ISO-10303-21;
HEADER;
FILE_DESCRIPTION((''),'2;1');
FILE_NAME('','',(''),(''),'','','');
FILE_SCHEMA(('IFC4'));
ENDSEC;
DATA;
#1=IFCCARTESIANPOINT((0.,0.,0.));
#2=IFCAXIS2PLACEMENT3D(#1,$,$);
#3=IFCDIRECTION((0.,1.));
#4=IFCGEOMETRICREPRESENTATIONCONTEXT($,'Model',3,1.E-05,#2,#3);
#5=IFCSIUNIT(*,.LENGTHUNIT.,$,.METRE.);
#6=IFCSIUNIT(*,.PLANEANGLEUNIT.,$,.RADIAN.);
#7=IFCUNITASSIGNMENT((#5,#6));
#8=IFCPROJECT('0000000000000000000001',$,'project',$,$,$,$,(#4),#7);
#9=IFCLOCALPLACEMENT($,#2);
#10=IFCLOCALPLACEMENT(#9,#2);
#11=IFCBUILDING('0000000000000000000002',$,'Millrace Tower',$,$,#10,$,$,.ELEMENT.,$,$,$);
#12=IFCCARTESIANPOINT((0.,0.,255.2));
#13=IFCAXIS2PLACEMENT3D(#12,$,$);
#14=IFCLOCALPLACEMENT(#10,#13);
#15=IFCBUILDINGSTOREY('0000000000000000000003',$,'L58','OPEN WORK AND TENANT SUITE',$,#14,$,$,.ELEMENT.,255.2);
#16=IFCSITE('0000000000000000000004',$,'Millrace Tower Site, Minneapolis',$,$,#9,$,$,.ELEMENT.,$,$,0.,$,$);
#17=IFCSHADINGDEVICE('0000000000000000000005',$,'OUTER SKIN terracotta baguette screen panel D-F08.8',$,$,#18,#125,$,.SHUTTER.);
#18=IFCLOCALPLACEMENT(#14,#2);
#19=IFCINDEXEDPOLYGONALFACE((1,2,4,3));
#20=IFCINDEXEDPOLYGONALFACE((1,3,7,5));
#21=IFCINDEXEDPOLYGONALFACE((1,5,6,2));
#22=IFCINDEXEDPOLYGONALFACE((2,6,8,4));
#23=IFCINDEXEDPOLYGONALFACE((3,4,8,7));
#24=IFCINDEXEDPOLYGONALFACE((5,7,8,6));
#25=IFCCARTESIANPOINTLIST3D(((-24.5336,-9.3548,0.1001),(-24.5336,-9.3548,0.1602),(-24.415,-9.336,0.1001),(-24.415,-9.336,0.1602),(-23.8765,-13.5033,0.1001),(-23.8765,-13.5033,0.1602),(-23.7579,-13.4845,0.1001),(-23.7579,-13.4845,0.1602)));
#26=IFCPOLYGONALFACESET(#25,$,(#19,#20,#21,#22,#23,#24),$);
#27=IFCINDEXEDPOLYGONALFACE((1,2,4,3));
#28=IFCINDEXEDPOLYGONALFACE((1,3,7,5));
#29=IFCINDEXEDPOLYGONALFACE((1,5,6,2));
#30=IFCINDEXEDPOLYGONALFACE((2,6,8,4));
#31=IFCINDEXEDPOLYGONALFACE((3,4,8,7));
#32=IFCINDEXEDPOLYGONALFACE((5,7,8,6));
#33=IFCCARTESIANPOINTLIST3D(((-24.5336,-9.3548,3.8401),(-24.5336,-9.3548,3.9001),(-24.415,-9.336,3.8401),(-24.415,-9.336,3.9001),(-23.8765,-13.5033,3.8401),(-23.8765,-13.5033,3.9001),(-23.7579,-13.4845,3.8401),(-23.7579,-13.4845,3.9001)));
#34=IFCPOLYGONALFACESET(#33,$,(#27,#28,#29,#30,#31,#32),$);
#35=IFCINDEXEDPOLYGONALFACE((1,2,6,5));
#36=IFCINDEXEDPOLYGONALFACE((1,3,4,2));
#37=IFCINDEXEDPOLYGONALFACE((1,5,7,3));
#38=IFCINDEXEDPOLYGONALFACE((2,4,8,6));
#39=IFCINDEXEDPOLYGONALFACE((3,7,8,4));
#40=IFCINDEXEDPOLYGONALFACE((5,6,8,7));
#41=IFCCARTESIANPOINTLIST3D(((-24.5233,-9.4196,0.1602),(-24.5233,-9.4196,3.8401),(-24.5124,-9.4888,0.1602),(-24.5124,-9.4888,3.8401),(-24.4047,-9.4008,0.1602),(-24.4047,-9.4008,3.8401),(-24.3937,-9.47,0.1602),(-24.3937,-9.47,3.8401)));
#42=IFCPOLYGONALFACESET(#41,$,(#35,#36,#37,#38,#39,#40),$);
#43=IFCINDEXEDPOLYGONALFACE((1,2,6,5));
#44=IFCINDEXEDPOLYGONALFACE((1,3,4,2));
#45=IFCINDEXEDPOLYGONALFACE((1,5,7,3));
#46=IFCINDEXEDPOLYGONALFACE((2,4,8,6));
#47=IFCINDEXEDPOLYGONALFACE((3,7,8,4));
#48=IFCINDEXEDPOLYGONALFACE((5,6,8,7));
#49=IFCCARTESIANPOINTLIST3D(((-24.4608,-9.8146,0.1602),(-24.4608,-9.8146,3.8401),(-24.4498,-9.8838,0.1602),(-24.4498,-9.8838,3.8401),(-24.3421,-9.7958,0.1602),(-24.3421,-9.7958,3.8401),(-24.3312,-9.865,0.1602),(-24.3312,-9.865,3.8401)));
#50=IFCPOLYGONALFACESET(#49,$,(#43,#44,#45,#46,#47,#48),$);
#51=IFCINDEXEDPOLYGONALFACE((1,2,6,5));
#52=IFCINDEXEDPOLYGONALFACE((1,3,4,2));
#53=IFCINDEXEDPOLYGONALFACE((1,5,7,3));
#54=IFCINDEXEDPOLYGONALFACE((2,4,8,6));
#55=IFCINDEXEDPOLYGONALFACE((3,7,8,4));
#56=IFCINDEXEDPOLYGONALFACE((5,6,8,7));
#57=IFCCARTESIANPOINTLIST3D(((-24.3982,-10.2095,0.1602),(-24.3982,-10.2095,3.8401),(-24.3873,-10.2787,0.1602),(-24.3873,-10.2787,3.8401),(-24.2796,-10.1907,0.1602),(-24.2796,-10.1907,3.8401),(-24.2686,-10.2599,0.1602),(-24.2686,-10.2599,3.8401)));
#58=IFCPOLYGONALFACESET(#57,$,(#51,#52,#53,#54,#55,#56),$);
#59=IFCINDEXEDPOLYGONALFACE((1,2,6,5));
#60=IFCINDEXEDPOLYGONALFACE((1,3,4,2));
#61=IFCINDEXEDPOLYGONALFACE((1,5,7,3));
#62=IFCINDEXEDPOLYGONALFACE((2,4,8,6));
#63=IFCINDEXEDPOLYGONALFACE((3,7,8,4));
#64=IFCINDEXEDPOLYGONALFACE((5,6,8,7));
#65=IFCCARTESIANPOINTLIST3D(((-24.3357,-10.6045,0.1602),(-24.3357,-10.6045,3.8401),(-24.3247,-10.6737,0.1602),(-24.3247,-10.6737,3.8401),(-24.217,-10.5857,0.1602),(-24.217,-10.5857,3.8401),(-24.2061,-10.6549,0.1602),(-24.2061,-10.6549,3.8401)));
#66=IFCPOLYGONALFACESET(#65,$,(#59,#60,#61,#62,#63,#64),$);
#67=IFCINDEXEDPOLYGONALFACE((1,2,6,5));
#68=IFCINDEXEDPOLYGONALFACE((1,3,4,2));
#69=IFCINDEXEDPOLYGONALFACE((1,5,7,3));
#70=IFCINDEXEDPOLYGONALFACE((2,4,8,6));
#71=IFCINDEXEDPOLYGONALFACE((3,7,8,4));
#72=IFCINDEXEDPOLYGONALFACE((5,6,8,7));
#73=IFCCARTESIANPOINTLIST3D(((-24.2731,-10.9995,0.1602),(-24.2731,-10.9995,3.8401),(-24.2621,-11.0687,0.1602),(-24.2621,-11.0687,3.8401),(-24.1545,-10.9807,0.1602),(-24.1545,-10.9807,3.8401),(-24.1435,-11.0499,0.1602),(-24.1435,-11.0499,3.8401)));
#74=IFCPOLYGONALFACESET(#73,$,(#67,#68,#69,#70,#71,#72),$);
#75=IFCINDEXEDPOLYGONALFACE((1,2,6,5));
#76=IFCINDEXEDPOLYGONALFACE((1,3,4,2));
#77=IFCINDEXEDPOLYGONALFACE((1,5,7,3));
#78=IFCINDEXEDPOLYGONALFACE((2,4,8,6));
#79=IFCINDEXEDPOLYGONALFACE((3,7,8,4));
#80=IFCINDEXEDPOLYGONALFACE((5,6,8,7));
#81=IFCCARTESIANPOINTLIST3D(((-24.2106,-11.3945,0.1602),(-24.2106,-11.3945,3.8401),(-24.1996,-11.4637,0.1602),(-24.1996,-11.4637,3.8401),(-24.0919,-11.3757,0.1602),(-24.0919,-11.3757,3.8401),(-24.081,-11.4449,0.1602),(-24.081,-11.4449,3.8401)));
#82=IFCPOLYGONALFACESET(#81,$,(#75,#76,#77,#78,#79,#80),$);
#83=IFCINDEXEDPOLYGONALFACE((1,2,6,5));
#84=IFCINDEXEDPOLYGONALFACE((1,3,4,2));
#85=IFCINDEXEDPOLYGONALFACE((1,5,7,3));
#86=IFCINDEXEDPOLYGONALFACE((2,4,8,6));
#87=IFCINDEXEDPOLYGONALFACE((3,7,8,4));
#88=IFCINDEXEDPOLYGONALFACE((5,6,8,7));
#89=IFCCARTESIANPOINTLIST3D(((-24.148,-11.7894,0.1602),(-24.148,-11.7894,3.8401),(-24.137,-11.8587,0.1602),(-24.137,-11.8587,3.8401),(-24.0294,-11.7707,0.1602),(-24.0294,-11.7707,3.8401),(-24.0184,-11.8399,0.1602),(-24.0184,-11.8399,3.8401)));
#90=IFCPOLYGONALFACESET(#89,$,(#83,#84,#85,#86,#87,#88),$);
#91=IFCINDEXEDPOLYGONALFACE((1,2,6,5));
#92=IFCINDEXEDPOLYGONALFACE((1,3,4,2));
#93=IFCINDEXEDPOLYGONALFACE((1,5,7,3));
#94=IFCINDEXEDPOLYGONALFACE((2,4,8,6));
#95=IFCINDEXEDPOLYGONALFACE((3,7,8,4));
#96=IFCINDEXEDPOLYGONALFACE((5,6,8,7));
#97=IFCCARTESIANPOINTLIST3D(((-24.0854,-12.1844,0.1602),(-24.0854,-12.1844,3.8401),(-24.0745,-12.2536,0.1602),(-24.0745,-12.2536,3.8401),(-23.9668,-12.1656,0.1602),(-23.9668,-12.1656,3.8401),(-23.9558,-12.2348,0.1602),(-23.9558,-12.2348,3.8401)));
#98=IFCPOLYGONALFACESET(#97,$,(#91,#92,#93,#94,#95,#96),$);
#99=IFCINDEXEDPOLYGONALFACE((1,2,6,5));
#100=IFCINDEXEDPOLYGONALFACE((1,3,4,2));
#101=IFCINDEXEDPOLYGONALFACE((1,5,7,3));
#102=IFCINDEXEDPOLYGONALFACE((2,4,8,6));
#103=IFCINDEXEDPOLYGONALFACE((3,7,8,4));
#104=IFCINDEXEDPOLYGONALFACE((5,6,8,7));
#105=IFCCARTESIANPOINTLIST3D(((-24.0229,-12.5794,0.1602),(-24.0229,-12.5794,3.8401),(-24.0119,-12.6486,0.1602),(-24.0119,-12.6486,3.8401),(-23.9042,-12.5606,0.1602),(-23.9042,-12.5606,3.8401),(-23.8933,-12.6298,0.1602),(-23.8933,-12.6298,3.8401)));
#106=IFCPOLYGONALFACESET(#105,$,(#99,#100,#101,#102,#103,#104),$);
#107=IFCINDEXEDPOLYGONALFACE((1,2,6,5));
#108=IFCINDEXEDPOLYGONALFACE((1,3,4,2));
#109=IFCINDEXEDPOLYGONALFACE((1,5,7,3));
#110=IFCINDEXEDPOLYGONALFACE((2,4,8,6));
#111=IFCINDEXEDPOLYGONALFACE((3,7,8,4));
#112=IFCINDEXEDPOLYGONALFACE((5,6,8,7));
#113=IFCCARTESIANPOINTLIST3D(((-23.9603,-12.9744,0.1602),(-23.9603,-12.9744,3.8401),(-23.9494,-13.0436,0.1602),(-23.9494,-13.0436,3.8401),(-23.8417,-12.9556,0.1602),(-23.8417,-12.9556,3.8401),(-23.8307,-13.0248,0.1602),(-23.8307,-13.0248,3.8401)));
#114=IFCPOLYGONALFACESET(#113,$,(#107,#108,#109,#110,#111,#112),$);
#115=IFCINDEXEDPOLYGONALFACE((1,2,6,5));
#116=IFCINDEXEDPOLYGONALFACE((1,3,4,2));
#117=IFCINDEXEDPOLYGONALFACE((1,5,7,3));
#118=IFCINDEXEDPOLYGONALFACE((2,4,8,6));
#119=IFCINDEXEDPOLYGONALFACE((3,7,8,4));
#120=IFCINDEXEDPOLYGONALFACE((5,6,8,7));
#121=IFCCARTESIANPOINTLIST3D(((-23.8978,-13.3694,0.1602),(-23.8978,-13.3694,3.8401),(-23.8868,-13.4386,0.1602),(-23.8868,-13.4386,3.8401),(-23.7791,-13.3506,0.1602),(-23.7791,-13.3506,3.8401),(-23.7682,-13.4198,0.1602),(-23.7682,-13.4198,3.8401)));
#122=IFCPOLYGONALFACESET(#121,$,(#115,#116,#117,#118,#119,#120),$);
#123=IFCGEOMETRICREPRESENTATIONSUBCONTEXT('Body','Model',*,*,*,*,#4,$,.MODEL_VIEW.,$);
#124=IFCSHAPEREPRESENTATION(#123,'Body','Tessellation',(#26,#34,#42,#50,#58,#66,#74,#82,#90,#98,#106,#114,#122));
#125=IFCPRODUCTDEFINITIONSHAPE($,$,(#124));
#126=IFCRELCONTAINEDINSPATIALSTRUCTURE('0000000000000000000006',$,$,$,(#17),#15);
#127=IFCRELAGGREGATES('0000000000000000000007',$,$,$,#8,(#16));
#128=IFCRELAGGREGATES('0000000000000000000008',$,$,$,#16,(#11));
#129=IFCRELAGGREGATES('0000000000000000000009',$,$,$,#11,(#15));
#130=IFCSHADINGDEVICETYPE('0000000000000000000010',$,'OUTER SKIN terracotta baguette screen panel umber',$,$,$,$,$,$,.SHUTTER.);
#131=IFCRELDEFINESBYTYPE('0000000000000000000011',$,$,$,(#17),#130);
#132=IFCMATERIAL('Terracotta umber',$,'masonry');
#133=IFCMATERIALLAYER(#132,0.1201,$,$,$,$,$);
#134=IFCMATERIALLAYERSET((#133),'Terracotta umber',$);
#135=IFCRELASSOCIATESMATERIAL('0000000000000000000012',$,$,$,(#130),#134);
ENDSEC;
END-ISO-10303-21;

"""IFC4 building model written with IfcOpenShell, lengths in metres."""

from ifc_helpers import new_model, entity, si_unit, direction, frame, frame_2d, origin, origin_2d, place, context, subcontext, project, spatial, rectangle, extrude, source, transform, mapped, material, layer, layer_set, type_object, element, save


model = new_model("IFC4")

# Units and contexts
model_context = context("Model", 3, precision=1e-05, world=origin(), true_north=direction((0.0, 1.0)))
body_context = subcontext(model_context, "Body", "Model", "MODEL_VIEW")
ifc_project = project(units=[si_unit("LENGTHUNIT", "METRE"), si_unit("PLANEANGLEUNIT", "RADIAN")], contexts=[model_context])

# Site, building, storey
site_placement = place(None, origin())
site = spatial("IfcSite", under=ifc_project, at=site_placement, Name="Millrace Tower Site, Minneapolis", CompositionType="ELEMENT", RefElevation=0.0)
building_placement = place(site_placement, origin())
building = spatial("IfcBuilding", under=site, at=building_placement, Name="Millrace Tower", CompositionType="ELEMENT")
storey_placement = place(building_placement, frame((0.0, 0.0, 255.2)))
storey = spatial("IfcBuildingStorey", under=building, at=storey_placement, Name="L58", Description="OPEN WORK AND TENANT SUITE", CompositionType="ELEMENT", Elevation=255.2)

# Shading device
ifc_material_1 = material(Name="Terracotta umber", Category="masonry")
ifc_layer_1 = layer(ifc_material_1, 0.1201)
ifc_layer_set_1 = layer_set([ifc_layer_1], Name="Terracotta umber")
shading_device_type = type_object("IfcShadingDeviceType", Name="OUTER SKIN terracotta baguette screen panel umber", PredefinedType="SHUTTER", material=ifc_layer_set_1)
cartesian_point = entity("IfcCartesianPoint", [-2.1001, 0.0601])
shared_polyline = entity("IfcPolyline", [cartesian_point, entity("IfcCartesianPoint", [2.1001, 0.0601]), entity("IfcCartesianPoint", [2.1001, -0.0601]), entity("IfcCartesianPoint", [-2.1001, -0.0601]), cartesian_point])
shared_shape = source(origin(), body_context, "Body", "SweptSolid", [
    entity("IfcExtrudedAreaSolid", entity("IfcArbitraryClosedProfileDef", "AREA", None, shared_polyline), entity("IfcAxis2Placement3D", entity("IfcCartesianPoint", [0.0, 0.0, 0.0])), entity("IfcDirection", [0.0, 0.0, 1.0]), 0.0601),
    entity("IfcExtrudedAreaSolid", entity("IfcArbitraryClosedProfileDef", "AREA", None, shared_polyline), entity("IfcAxis2Placement3D", entity("IfcCartesianPoint", [0.0, 0.0, 3.74])), entity("IfcDirection", [0.0, 0.0, 1.0]), 0.0601),
    extrude(rectangle(XDim=0.0701, YDim=0.1201, at=frame_2d((-1.9995, 0.0))), frame((0.0, 0.0, 0.0601)), (0.0, 0.0, 1.0), 3.6799),
    extrude(rectangle(XDim=0.0701, YDim=0.1201, at=frame_2d((-1.5996, 0.0))), frame((0.0, 0.0, 0.0601)), (0.0, 0.0, 1.0), 3.6799),
    extrude(rectangle(XDim=0.0701, YDim=0.1201, at=frame_2d((-1.1997, 0.0))), frame((0.0, 0.0, 0.0601)), (0.0, 0.0, 1.0), 3.6799),
    extrude(rectangle(XDim=0.0701, YDim=0.1201, at=frame_2d((-0.7998, 0.0))), frame((0.0, 0.0, 0.0601)), (0.0, 0.0, 1.0), 3.6799),
    extrude(rectangle(XDim=0.0701, YDim=0.1201, at=frame_2d((-0.3999, 0.0))), frame((0.0, 0.0, 0.0601)), (0.0, 0.0, 1.0), 3.6799),
    extrude(rectangle(XDim=0.0701, YDim=0.1201, at=origin_2d()), frame((0.0, 0.0, 0.0601)), (0.0, 0.0, 1.0), 3.6799),
    extrude(rectangle(XDim=0.0701, YDim=0.1201, at=frame_2d((0.3999, 0.0))), frame((0.0, 0.0, 0.0601)), (0.0, 0.0, 1.0), 3.6799),
    extrude(rectangle(XDim=0.0701, YDim=0.1201, at=frame_2d((0.7998, 0.0))), frame((0.0, 0.0, 0.0601)), (0.0, 0.0, 1.0), 3.6799),
    extrude(rectangle(XDim=0.0701, YDim=0.1201, at=frame_2d((1.1997, 0.0))), frame((0.0, 0.0, 0.0601)), (0.0, 0.0, 1.0), 3.6799),
    extrude(rectangle(XDim=0.0701, YDim=0.1201, at=frame_2d((1.5996, 0.0))), frame((0.0, 0.0, 0.0601)), (0.0, 0.0, 1.0), 3.6799),
    extrude(rectangle(XDim=0.0701, YDim=0.1201, at=frame_2d((1.9995, 0.0))), frame((0.0, 0.0, 0.0601)), (0.0, 0.0, 1.0), 3.6799),
])
for number, where, z_axis, x_axis, name in (
    (1, (-24.1458, -11.4197, 0.1001), (0.0, 0.0, 1.0), (0.156434, -0.987688, 0.0), "OUTER SKIN terracotta baguette screen panel D-F08.8"),
):
    element("IfcShadingDevice", number, at=place(storey_placement, frame(where, z_axis=z_axis, x_axis=x_axis)), inside=storey, type_object=shading_device_type, Name=name, PredefinedType="SHUTTER", context=body_context, shape_type="MappedRepresentation", body=[
        mapped(shared_shape, transform((0.0, 0.0, 0.0), scale=1.0)),
    ])

save(model, "model.ifc")
